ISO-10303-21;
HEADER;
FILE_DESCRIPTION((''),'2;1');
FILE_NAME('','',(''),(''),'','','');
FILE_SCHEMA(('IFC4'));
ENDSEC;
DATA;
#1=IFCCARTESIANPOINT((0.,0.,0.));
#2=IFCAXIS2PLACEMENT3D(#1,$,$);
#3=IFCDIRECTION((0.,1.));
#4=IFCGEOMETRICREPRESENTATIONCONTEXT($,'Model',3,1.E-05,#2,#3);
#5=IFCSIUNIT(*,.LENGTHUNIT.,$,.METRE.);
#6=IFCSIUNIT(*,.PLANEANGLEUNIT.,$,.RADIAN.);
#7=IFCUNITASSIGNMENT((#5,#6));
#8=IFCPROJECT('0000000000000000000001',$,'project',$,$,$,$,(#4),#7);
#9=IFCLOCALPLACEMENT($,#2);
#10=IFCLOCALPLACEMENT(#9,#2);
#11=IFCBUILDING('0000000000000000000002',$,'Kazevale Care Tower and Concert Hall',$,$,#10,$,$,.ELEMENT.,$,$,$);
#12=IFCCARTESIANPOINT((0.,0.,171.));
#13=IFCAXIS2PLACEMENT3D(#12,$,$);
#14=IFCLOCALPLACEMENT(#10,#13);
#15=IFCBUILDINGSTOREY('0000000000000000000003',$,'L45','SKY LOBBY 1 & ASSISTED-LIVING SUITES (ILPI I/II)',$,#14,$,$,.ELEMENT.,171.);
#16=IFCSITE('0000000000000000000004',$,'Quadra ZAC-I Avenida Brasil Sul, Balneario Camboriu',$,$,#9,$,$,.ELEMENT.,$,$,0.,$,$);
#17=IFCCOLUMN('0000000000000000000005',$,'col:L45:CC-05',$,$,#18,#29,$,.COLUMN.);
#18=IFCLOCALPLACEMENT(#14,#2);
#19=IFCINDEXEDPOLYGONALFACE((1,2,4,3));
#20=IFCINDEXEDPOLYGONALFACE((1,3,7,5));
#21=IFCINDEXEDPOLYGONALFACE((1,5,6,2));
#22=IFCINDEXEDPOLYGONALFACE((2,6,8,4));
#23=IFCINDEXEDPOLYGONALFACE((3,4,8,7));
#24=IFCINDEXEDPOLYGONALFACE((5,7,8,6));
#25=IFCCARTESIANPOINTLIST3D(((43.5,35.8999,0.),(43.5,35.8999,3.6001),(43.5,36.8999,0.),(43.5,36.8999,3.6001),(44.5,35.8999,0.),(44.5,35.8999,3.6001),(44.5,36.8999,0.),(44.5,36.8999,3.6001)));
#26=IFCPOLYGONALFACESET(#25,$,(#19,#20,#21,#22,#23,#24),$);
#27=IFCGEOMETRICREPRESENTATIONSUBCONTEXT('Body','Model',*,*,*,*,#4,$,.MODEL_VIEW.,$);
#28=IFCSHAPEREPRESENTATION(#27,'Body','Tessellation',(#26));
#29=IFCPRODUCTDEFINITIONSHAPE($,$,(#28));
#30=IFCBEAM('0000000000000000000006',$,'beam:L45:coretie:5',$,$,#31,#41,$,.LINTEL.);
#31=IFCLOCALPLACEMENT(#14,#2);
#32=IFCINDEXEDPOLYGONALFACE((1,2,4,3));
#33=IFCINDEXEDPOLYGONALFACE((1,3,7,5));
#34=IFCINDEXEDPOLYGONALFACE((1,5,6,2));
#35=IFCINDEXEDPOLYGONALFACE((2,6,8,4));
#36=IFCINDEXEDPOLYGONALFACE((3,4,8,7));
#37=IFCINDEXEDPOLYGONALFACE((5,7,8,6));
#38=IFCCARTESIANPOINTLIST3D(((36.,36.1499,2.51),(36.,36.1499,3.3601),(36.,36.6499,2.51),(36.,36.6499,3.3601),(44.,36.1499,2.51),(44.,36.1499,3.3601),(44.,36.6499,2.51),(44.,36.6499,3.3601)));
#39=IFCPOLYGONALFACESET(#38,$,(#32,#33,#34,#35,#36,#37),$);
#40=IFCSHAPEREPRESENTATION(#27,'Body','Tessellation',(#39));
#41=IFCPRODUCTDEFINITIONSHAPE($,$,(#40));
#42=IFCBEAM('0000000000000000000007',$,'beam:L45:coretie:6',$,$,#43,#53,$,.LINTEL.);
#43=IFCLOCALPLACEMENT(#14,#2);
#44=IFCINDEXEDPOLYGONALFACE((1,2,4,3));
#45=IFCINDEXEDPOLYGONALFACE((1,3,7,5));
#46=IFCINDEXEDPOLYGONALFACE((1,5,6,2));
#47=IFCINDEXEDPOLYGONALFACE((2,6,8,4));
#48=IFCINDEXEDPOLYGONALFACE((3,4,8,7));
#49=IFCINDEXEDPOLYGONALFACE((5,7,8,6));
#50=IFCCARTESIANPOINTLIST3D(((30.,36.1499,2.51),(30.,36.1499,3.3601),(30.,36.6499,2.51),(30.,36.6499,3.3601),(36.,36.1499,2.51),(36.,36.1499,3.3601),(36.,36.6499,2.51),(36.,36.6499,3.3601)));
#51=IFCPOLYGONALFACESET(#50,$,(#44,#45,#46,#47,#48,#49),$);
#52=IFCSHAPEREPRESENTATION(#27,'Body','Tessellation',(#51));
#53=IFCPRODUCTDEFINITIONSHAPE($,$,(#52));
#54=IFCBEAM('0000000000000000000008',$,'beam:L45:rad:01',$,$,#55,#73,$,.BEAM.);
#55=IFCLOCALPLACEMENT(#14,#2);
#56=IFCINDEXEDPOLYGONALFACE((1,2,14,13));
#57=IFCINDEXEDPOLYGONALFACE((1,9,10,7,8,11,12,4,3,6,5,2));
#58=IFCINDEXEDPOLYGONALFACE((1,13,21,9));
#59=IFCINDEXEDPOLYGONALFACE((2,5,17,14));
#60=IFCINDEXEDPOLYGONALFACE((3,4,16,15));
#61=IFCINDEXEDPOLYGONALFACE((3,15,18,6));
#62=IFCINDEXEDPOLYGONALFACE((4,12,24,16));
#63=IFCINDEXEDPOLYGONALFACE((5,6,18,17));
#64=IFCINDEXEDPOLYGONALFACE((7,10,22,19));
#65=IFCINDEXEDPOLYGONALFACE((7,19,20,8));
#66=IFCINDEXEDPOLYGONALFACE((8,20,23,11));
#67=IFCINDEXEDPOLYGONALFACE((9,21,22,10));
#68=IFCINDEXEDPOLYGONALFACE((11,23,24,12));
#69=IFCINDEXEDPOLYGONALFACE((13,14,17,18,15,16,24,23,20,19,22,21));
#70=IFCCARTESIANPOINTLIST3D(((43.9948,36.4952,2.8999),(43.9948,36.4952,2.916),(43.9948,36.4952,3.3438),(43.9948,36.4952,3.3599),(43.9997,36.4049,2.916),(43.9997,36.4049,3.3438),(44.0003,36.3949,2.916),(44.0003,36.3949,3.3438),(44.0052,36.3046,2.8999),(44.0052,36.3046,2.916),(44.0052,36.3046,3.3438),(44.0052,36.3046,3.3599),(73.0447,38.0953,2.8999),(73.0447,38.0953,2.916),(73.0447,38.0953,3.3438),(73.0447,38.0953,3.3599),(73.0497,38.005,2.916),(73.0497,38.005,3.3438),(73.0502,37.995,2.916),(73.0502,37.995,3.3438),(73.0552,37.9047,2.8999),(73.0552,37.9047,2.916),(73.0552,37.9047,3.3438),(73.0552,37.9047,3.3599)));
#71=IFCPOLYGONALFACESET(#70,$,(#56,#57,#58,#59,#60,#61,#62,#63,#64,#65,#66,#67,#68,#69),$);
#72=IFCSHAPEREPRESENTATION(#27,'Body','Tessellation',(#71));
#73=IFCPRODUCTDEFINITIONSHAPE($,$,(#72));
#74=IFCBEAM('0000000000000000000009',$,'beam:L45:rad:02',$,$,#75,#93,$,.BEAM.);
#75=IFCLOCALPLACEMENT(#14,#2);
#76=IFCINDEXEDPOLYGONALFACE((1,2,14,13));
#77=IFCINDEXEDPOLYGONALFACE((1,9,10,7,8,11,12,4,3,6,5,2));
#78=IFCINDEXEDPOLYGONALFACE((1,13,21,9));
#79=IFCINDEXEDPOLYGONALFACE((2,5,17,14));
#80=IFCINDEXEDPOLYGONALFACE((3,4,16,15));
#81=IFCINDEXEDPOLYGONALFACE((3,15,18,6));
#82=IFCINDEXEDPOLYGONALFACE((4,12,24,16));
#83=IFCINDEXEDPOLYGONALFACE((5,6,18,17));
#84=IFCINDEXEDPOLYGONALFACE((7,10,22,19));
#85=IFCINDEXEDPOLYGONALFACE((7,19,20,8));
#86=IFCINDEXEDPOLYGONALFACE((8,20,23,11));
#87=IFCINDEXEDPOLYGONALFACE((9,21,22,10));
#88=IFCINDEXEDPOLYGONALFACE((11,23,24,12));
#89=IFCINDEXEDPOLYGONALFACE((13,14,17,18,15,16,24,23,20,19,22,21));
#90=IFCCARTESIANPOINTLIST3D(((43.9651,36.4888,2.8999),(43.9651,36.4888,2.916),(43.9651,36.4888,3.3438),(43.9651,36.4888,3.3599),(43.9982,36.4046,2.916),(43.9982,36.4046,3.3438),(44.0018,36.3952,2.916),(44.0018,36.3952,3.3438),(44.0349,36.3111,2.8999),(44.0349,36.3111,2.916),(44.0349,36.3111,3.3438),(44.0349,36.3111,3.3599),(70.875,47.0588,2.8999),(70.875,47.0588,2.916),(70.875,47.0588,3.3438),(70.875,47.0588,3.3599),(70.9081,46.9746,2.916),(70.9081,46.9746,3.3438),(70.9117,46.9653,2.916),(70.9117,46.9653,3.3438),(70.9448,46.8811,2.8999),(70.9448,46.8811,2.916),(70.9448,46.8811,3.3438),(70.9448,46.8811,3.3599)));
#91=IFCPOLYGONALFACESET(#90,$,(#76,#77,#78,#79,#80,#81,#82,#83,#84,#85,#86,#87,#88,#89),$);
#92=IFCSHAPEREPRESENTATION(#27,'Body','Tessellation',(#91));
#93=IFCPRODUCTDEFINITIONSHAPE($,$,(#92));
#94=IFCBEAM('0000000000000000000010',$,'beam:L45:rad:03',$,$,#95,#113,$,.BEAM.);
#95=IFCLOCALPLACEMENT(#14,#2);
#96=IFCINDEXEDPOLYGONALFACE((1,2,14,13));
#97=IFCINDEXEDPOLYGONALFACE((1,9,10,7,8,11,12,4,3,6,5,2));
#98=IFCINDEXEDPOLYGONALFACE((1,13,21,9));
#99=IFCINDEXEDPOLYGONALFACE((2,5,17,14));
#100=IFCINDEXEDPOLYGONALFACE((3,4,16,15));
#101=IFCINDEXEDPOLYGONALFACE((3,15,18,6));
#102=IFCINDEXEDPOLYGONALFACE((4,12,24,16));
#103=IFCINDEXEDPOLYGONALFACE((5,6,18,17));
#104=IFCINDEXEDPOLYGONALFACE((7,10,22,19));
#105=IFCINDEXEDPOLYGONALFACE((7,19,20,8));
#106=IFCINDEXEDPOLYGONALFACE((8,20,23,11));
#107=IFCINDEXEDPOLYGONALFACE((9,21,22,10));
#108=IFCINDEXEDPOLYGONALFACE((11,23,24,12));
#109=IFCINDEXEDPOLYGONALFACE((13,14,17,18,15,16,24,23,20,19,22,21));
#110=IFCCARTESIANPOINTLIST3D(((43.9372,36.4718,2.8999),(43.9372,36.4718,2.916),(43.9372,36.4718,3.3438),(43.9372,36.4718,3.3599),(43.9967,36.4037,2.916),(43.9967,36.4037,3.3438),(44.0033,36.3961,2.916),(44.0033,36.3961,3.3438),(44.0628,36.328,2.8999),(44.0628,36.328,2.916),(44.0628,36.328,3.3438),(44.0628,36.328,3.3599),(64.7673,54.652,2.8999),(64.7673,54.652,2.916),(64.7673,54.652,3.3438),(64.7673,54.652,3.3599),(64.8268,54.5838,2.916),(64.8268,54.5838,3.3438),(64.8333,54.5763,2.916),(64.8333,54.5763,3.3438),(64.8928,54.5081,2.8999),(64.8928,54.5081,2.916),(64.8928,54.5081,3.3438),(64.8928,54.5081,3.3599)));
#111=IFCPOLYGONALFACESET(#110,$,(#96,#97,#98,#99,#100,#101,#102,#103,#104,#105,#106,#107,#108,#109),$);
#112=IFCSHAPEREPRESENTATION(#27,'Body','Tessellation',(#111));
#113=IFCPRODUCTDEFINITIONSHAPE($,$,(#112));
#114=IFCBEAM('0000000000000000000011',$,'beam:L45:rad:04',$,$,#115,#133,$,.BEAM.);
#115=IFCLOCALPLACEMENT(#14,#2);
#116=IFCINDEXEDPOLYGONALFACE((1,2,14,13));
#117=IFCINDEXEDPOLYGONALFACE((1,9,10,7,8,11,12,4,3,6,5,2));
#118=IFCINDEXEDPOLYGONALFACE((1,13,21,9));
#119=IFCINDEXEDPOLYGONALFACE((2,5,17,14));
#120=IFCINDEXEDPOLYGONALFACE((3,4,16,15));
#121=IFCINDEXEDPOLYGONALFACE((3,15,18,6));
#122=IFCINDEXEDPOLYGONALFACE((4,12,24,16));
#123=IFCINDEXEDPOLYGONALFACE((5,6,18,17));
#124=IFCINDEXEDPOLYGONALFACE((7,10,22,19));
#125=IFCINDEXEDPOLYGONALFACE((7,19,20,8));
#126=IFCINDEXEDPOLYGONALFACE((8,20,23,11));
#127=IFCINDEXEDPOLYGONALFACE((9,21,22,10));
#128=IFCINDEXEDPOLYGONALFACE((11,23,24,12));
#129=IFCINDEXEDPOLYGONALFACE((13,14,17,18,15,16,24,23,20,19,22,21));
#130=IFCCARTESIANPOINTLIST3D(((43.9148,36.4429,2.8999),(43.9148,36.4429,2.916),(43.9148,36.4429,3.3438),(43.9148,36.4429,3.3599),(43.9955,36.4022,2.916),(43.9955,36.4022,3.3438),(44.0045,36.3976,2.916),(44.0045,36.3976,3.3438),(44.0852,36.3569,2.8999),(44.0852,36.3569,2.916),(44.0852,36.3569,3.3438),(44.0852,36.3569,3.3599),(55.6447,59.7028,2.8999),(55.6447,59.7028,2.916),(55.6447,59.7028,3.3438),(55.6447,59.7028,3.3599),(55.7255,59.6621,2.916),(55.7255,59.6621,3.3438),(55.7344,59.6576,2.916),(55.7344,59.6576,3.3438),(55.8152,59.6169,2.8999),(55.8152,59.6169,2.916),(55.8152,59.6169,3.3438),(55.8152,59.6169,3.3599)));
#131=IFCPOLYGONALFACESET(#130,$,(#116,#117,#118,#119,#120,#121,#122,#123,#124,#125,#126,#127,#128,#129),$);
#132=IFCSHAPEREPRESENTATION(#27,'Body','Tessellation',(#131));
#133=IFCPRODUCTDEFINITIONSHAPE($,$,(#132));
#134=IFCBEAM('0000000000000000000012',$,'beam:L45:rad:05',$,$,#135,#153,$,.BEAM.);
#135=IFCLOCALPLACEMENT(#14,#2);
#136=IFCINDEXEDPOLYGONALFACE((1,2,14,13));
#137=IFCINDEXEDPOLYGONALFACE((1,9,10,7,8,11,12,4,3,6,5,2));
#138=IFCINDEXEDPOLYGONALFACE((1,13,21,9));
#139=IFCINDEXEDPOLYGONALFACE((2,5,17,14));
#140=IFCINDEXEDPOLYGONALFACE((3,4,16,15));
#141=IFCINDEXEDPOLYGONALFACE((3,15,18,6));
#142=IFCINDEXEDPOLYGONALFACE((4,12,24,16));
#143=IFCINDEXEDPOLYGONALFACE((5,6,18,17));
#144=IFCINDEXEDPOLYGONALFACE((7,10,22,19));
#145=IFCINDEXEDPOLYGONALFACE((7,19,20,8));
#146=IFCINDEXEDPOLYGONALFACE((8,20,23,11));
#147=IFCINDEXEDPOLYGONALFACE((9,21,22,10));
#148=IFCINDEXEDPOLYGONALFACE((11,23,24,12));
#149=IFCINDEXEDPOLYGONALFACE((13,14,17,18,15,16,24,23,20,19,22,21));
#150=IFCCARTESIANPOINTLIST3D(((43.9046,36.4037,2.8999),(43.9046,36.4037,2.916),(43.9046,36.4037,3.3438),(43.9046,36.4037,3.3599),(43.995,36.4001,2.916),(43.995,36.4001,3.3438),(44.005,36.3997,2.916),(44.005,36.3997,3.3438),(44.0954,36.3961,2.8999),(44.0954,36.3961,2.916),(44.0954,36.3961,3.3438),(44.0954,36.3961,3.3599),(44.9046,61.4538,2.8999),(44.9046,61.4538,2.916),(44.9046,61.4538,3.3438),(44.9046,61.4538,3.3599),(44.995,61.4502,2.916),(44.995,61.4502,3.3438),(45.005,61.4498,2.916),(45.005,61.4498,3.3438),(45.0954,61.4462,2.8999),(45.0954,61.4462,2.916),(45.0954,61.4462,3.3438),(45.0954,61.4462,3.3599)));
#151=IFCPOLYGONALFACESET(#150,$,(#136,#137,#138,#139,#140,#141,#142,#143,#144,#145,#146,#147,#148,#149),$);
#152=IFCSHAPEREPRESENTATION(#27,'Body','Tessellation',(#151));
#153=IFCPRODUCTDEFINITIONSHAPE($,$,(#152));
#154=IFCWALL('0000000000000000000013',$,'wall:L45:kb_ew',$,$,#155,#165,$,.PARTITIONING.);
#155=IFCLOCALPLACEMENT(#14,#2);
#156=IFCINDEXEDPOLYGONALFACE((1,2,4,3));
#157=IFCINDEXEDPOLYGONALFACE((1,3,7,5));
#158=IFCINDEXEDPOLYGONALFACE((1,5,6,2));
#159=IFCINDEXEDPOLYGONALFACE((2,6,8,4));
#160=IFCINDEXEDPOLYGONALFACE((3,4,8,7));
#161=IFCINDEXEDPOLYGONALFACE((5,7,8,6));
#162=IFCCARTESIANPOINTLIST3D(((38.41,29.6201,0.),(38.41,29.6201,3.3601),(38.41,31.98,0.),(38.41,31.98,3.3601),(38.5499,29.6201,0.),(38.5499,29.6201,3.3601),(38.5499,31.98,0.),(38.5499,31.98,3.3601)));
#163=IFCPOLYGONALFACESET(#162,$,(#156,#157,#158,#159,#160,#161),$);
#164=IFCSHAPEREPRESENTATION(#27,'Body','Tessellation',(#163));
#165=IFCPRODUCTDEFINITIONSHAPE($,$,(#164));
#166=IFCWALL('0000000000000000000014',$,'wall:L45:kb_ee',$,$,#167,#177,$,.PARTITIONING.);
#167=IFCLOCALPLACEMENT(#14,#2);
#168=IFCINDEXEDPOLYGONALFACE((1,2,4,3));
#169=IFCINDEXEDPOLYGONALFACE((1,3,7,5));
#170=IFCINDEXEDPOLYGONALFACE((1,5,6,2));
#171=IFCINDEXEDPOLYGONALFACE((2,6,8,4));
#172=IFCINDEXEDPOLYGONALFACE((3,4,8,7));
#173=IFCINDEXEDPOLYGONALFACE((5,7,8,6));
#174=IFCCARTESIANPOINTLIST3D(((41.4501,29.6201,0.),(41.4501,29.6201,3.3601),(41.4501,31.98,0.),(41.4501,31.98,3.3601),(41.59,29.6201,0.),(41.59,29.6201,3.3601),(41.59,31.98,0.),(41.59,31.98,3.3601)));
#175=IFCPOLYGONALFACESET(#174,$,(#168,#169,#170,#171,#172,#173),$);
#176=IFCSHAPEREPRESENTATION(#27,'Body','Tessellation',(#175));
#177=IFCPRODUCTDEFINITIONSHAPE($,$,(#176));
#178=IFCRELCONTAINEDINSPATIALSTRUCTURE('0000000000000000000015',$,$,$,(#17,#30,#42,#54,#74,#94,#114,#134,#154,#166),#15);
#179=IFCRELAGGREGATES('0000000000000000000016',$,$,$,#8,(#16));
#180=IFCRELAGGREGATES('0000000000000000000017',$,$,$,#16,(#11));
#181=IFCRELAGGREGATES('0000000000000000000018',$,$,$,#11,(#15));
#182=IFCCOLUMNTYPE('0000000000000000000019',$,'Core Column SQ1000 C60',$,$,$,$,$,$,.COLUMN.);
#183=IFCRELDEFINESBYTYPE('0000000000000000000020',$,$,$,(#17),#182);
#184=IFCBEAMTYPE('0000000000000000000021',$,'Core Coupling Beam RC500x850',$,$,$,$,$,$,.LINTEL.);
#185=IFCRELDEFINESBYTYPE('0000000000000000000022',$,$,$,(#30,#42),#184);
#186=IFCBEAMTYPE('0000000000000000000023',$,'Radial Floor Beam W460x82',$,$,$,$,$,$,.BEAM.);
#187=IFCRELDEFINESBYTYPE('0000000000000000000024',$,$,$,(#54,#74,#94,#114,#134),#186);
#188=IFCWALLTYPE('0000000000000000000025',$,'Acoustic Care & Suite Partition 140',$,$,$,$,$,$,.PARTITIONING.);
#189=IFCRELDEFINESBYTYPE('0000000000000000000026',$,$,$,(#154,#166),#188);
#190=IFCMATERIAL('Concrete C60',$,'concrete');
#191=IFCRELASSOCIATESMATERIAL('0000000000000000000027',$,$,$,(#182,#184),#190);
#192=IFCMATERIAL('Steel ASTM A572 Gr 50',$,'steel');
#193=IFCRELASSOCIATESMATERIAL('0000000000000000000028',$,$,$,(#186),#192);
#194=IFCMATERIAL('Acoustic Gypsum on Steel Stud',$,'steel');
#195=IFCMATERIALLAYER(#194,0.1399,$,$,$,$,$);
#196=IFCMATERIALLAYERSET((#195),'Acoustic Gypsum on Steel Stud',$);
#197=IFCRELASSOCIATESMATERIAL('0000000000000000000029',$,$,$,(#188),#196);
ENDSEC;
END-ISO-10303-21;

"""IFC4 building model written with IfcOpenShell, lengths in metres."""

from ifc_helpers import new_model, si_unit, direction, frame, frame_2d, origin, origin_2d, place, context, subcontext, project, spatial, rectangle, i_section, extrude, material, layer, layer_set, material_profile, profile_set, type_object, element, save


model = new_model("IFC4")

# Units and contexts
model_context = context("Model", 3, precision=1e-05, world=origin(), true_north=direction((0.0, 1.0)))
body_context = subcontext(model_context, "Body", "Model", "MODEL_VIEW")
ifc_project = project(units=[si_unit("LENGTHUNIT", "METRE"), si_unit("PLANEANGLEUNIT", "RADIAN")], contexts=[model_context])

# Site, building, storey
site_placement = place(None, origin())
site = spatial("IfcSite", under=ifc_project, at=site_placement, Name="Quadra ZAC-I Avenida Brasil Sul, Balneario Camboriu", CompositionType="ELEMENT", RefElevation=0.0)
building_placement = place(site_placement, origin())
building = spatial("IfcBuilding", under=site, at=building_placement, Name="Kazevale Care Tower and Concert Hall", CompositionType="ELEMENT")
storey_placement = place(building_placement, frame((0.0, 0.0, 171.0)))
storey = spatial("IfcBuildingStorey", under=building, at=storey_placement, Name="L45", Description="SKY LOBBY 1 & ASSISTED-LIVING SUITES (ILPI I/II)", CompositionType="ELEMENT", Elevation=171.0)

# Column
ifc_material_1 = material(Name="Concrete C60", Category="concrete")
ifc_material_profile_1 = material_profile(ifc_material_1, rectangle(XDim=1.0, YDim=1.0, at=origin_2d()), Name="RC-SQ1000")
ifc_profile_set_1 = profile_set([ifc_material_profile_1], Name="Concrete C60")
column_type = type_object("IfcColumnType", Name="Core Column SQ1000 C60", PredefinedType="COLUMN", material=ifc_profile_set_1)
column_placement = place(storey_placement, frame((44.0, 36.3999, 0.0), z_axis=(0.0, 0.0, 1.0), x_axis=(1.0, 0.0, 0.0)))
element("IfcColumn", 1, at=column_placement, inside=storey, type_object=column_type, Name="col:L45:CC-05", PredefinedType="COLUMN", context=body_context, shape_type="SweptSolid", body=[
    extrude(rectangle(XDim=1.0, YDim=1.0, at=origin_2d()), origin(), (0.0, 0.0, 1.0), 3.6001),
])

# Beams
ifc_material_profile_2 = material_profile(ifc_material_1, rectangle(XDim=0.5, YDim=0.8501, at=origin_2d()), Name="RC-B500x850")
ifc_profile_set_2 = profile_set([ifc_material_profile_2], Name="Concrete C60")
beam_type_1 = type_object("IfcBeamType", Name="Core Coupling Beam RC500x850", PredefinedType="LINTEL", material=ifc_profile_set_2)
beam_1_placement = place(storey_placement, frame((44.0, 36.3999, 2.9351), z_axis=(-1.0, 0.0, 0.0), x_axis=(0.0, -1.0, 0.0)))
element("IfcBeam", 2, at=beam_1_placement, inside=storey, type_object=beam_type_1, Name="beam:L45:coretie:5", PredefinedType="LINTEL", context=body_context, shape_type="SweptSolid", body=[
    extrude(rectangle(XDim=0.5, YDim=0.8501, at=origin_2d()), origin(), (0.0, 0.0, 1.0), 8.0),
])
beam_2_placement = place(storey_placement, frame((36.0, 36.3999, 2.9351), z_axis=(-1.0, 0.0, 0.0), x_axis=(0.0, -1.0, 0.0)))
element("IfcBeam", 3, at=beam_2_placement, inside=storey, type_object=beam_type_1, Name="beam:L45:coretie:6", PredefinedType="LINTEL", context=body_context, shape_type="SweptSolid", body=[
    extrude(rectangle(XDim=0.5, YDim=0.8501, at=origin_2d()), origin(), (0.0, 0.0, 1.0), 6.0),
])
ifc_material_2 = material(Name="Steel ASTM A572 Gr 50", Category="steel")
ifc_material_profile_3 = material_profile(ifc_material_2, i_section(OverallWidth=0.1909, OverallDepth=0.46, WebThickness=0.01, FlangeThickness=0.0161, at=origin_2d()), Name="W460x82")
ifc_profile_set_3 = profile_set([ifc_material_profile_3], Name="Steel ASTM A572 Gr 50")
beam_type_2 = type_object("IfcBeamType", Name="Radial Floor Beam W460x82", PredefinedType="BEAM", material=ifc_profile_set_3)
beam_3_placement = place(storey_placement, frame((44.0, 36.3999, 3.1299), z_axis=(0.998487, 0.054997, 0.0), x_axis=(-0.054997, 0.998487, 0.0)))
element("IfcBeam", 4, at=beam_3_placement, inside=storey, type_object=beam_type_2, Name="beam:L45:rad:01", PredefinedType="BEAM", context=body_context, shape_type="SweptSolid", body=[
    extrude(i_section(OverallWidth=0.1909, OverallDepth=0.46, WebThickness=0.01, FlangeThickness=0.0161, at=origin_2d()), origin(), (0.0, 0.0, 1.0), 29.094),
])
beam_4_placement = place(storey_placement, frame((44.0, 36.3999, 3.1299), z_axis=(0.930771, 0.365602, 0.0), x_axis=(-0.365602, 0.930771, 0.0)))
element("IfcBeam", 5, at=beam_4_placement, inside=storey, type_object=beam_type_2, Name="beam:L45:rad:02", PredefinedType="BEAM", context=body_context, shape_type="SweptSolid", body=[
    extrude(i_section(OverallWidth=0.1909, OverallDepth=0.46, WebThickness=0.01, FlangeThickness=0.0161, at=origin_2d()), origin(), (0.0, 0.0, 1.0), 28.9114),
])
beam_5_placement = place(storey_placement, frame((44.0, 36.3999, 3.1299), z_axis=(0.753403, 0.657559, 0.0), x_axis=(-0.657559, 0.753403, 0.0)))
element("IfcBeam", 6, at=beam_5_placement, inside=storey, type_object=beam_type_2, Name="beam:L45:rad:03", PredefinedType="BEAM", context=body_context, shape_type="SweptSolid", body=[
    extrude(i_section(OverallWidth=0.1909, OverallDepth=0.46, WebThickness=0.01, FlangeThickness=0.0161, at=origin_2d()), origin(), (0.0, 0.0, 1.0), 27.6479),
])
beam_6_placement = place(storey_placement, frame((44.0, 36.3999, 3.1299), z_axis=(0.450281, 0.892887, 0.0), x_axis=(-0.892887, 0.450281, 0.0)))
element("IfcBeam", 7, at=beam_6_placement, inside=storey, type_object=beam_type_2, Name="beam:L45:rad:04", PredefinedType="BEAM", context=body_context, shape_type="SweptSolid", body=[
    extrude(i_section(OverallWidth=0.1909, OverallDepth=0.46, WebThickness=0.01, FlangeThickness=0.0161, at=origin_2d()), origin(), (0.0, 0.0, 1.0), 26.0503),
])
beam_7_placement = place(storey_placement, frame((44.0, 36.3999, 3.1299), z_axis=(0.039888, 0.999204, 0.0), x_axis=(-0.999204, 0.039888, 0.0)))
element("IfcBeam", 8, at=beam_7_placement, inside=storey, type_object=beam_type_2, Name="beam:L45:rad:05", PredefinedType="BEAM", context=body_context, shape_type="SweptSolid", body=[
    extrude(i_section(OverallWidth=0.1909, OverallDepth=0.46, WebThickness=0.01, FlangeThickness=0.0161, at=origin_2d()), origin(), (0.0, 0.0, 1.0), 25.0701),
])

# Walls
ifc_material_3 = material(Name="Acoustic Gypsum on Steel Stud", Category="steel")
ifc_layer_1 = layer(ifc_material_3, 0.1399)
ifc_layer_set_1 = layer_set([ifc_layer_1], Name="Acoustic Gypsum on Steel Stud")
wall_type_1 = type_object("IfcWallType", Name="Acoustic Care & Suite Partition 140", PredefinedType="PARTITIONING", material=ifc_layer_set_1)
for number, where, z_axis, x_axis, name in (
    (9, (38.48, 29.6201, 0.0), (0.0, 0.0, 1.0), (0.0, 1.0, 0.0), "wall:L45:kb_ew"),
    (10, (41.52, 29.6201, 0.0), (0.0, 0.0, 1.0), (0.0, 1.0, 0.0), "wall:L45:kb_ee"),
):
    element("IfcWall", number, at=place(storey_placement, frame(where, z_axis=z_axis, x_axis=x_axis)), inside=storey, type_object=wall_type_1, Name=name, PredefinedType="PARTITIONING", context=body_context, shape_type="SweptSolid", body=[
        extrude(rectangle(XDim=2.3599, YDim=0.1399, at=frame_2d((1.1799, 0.0))), origin(), (0.0, 0.0, 1.0), 3.3601),
    ])

save(model, "model.ifc")
